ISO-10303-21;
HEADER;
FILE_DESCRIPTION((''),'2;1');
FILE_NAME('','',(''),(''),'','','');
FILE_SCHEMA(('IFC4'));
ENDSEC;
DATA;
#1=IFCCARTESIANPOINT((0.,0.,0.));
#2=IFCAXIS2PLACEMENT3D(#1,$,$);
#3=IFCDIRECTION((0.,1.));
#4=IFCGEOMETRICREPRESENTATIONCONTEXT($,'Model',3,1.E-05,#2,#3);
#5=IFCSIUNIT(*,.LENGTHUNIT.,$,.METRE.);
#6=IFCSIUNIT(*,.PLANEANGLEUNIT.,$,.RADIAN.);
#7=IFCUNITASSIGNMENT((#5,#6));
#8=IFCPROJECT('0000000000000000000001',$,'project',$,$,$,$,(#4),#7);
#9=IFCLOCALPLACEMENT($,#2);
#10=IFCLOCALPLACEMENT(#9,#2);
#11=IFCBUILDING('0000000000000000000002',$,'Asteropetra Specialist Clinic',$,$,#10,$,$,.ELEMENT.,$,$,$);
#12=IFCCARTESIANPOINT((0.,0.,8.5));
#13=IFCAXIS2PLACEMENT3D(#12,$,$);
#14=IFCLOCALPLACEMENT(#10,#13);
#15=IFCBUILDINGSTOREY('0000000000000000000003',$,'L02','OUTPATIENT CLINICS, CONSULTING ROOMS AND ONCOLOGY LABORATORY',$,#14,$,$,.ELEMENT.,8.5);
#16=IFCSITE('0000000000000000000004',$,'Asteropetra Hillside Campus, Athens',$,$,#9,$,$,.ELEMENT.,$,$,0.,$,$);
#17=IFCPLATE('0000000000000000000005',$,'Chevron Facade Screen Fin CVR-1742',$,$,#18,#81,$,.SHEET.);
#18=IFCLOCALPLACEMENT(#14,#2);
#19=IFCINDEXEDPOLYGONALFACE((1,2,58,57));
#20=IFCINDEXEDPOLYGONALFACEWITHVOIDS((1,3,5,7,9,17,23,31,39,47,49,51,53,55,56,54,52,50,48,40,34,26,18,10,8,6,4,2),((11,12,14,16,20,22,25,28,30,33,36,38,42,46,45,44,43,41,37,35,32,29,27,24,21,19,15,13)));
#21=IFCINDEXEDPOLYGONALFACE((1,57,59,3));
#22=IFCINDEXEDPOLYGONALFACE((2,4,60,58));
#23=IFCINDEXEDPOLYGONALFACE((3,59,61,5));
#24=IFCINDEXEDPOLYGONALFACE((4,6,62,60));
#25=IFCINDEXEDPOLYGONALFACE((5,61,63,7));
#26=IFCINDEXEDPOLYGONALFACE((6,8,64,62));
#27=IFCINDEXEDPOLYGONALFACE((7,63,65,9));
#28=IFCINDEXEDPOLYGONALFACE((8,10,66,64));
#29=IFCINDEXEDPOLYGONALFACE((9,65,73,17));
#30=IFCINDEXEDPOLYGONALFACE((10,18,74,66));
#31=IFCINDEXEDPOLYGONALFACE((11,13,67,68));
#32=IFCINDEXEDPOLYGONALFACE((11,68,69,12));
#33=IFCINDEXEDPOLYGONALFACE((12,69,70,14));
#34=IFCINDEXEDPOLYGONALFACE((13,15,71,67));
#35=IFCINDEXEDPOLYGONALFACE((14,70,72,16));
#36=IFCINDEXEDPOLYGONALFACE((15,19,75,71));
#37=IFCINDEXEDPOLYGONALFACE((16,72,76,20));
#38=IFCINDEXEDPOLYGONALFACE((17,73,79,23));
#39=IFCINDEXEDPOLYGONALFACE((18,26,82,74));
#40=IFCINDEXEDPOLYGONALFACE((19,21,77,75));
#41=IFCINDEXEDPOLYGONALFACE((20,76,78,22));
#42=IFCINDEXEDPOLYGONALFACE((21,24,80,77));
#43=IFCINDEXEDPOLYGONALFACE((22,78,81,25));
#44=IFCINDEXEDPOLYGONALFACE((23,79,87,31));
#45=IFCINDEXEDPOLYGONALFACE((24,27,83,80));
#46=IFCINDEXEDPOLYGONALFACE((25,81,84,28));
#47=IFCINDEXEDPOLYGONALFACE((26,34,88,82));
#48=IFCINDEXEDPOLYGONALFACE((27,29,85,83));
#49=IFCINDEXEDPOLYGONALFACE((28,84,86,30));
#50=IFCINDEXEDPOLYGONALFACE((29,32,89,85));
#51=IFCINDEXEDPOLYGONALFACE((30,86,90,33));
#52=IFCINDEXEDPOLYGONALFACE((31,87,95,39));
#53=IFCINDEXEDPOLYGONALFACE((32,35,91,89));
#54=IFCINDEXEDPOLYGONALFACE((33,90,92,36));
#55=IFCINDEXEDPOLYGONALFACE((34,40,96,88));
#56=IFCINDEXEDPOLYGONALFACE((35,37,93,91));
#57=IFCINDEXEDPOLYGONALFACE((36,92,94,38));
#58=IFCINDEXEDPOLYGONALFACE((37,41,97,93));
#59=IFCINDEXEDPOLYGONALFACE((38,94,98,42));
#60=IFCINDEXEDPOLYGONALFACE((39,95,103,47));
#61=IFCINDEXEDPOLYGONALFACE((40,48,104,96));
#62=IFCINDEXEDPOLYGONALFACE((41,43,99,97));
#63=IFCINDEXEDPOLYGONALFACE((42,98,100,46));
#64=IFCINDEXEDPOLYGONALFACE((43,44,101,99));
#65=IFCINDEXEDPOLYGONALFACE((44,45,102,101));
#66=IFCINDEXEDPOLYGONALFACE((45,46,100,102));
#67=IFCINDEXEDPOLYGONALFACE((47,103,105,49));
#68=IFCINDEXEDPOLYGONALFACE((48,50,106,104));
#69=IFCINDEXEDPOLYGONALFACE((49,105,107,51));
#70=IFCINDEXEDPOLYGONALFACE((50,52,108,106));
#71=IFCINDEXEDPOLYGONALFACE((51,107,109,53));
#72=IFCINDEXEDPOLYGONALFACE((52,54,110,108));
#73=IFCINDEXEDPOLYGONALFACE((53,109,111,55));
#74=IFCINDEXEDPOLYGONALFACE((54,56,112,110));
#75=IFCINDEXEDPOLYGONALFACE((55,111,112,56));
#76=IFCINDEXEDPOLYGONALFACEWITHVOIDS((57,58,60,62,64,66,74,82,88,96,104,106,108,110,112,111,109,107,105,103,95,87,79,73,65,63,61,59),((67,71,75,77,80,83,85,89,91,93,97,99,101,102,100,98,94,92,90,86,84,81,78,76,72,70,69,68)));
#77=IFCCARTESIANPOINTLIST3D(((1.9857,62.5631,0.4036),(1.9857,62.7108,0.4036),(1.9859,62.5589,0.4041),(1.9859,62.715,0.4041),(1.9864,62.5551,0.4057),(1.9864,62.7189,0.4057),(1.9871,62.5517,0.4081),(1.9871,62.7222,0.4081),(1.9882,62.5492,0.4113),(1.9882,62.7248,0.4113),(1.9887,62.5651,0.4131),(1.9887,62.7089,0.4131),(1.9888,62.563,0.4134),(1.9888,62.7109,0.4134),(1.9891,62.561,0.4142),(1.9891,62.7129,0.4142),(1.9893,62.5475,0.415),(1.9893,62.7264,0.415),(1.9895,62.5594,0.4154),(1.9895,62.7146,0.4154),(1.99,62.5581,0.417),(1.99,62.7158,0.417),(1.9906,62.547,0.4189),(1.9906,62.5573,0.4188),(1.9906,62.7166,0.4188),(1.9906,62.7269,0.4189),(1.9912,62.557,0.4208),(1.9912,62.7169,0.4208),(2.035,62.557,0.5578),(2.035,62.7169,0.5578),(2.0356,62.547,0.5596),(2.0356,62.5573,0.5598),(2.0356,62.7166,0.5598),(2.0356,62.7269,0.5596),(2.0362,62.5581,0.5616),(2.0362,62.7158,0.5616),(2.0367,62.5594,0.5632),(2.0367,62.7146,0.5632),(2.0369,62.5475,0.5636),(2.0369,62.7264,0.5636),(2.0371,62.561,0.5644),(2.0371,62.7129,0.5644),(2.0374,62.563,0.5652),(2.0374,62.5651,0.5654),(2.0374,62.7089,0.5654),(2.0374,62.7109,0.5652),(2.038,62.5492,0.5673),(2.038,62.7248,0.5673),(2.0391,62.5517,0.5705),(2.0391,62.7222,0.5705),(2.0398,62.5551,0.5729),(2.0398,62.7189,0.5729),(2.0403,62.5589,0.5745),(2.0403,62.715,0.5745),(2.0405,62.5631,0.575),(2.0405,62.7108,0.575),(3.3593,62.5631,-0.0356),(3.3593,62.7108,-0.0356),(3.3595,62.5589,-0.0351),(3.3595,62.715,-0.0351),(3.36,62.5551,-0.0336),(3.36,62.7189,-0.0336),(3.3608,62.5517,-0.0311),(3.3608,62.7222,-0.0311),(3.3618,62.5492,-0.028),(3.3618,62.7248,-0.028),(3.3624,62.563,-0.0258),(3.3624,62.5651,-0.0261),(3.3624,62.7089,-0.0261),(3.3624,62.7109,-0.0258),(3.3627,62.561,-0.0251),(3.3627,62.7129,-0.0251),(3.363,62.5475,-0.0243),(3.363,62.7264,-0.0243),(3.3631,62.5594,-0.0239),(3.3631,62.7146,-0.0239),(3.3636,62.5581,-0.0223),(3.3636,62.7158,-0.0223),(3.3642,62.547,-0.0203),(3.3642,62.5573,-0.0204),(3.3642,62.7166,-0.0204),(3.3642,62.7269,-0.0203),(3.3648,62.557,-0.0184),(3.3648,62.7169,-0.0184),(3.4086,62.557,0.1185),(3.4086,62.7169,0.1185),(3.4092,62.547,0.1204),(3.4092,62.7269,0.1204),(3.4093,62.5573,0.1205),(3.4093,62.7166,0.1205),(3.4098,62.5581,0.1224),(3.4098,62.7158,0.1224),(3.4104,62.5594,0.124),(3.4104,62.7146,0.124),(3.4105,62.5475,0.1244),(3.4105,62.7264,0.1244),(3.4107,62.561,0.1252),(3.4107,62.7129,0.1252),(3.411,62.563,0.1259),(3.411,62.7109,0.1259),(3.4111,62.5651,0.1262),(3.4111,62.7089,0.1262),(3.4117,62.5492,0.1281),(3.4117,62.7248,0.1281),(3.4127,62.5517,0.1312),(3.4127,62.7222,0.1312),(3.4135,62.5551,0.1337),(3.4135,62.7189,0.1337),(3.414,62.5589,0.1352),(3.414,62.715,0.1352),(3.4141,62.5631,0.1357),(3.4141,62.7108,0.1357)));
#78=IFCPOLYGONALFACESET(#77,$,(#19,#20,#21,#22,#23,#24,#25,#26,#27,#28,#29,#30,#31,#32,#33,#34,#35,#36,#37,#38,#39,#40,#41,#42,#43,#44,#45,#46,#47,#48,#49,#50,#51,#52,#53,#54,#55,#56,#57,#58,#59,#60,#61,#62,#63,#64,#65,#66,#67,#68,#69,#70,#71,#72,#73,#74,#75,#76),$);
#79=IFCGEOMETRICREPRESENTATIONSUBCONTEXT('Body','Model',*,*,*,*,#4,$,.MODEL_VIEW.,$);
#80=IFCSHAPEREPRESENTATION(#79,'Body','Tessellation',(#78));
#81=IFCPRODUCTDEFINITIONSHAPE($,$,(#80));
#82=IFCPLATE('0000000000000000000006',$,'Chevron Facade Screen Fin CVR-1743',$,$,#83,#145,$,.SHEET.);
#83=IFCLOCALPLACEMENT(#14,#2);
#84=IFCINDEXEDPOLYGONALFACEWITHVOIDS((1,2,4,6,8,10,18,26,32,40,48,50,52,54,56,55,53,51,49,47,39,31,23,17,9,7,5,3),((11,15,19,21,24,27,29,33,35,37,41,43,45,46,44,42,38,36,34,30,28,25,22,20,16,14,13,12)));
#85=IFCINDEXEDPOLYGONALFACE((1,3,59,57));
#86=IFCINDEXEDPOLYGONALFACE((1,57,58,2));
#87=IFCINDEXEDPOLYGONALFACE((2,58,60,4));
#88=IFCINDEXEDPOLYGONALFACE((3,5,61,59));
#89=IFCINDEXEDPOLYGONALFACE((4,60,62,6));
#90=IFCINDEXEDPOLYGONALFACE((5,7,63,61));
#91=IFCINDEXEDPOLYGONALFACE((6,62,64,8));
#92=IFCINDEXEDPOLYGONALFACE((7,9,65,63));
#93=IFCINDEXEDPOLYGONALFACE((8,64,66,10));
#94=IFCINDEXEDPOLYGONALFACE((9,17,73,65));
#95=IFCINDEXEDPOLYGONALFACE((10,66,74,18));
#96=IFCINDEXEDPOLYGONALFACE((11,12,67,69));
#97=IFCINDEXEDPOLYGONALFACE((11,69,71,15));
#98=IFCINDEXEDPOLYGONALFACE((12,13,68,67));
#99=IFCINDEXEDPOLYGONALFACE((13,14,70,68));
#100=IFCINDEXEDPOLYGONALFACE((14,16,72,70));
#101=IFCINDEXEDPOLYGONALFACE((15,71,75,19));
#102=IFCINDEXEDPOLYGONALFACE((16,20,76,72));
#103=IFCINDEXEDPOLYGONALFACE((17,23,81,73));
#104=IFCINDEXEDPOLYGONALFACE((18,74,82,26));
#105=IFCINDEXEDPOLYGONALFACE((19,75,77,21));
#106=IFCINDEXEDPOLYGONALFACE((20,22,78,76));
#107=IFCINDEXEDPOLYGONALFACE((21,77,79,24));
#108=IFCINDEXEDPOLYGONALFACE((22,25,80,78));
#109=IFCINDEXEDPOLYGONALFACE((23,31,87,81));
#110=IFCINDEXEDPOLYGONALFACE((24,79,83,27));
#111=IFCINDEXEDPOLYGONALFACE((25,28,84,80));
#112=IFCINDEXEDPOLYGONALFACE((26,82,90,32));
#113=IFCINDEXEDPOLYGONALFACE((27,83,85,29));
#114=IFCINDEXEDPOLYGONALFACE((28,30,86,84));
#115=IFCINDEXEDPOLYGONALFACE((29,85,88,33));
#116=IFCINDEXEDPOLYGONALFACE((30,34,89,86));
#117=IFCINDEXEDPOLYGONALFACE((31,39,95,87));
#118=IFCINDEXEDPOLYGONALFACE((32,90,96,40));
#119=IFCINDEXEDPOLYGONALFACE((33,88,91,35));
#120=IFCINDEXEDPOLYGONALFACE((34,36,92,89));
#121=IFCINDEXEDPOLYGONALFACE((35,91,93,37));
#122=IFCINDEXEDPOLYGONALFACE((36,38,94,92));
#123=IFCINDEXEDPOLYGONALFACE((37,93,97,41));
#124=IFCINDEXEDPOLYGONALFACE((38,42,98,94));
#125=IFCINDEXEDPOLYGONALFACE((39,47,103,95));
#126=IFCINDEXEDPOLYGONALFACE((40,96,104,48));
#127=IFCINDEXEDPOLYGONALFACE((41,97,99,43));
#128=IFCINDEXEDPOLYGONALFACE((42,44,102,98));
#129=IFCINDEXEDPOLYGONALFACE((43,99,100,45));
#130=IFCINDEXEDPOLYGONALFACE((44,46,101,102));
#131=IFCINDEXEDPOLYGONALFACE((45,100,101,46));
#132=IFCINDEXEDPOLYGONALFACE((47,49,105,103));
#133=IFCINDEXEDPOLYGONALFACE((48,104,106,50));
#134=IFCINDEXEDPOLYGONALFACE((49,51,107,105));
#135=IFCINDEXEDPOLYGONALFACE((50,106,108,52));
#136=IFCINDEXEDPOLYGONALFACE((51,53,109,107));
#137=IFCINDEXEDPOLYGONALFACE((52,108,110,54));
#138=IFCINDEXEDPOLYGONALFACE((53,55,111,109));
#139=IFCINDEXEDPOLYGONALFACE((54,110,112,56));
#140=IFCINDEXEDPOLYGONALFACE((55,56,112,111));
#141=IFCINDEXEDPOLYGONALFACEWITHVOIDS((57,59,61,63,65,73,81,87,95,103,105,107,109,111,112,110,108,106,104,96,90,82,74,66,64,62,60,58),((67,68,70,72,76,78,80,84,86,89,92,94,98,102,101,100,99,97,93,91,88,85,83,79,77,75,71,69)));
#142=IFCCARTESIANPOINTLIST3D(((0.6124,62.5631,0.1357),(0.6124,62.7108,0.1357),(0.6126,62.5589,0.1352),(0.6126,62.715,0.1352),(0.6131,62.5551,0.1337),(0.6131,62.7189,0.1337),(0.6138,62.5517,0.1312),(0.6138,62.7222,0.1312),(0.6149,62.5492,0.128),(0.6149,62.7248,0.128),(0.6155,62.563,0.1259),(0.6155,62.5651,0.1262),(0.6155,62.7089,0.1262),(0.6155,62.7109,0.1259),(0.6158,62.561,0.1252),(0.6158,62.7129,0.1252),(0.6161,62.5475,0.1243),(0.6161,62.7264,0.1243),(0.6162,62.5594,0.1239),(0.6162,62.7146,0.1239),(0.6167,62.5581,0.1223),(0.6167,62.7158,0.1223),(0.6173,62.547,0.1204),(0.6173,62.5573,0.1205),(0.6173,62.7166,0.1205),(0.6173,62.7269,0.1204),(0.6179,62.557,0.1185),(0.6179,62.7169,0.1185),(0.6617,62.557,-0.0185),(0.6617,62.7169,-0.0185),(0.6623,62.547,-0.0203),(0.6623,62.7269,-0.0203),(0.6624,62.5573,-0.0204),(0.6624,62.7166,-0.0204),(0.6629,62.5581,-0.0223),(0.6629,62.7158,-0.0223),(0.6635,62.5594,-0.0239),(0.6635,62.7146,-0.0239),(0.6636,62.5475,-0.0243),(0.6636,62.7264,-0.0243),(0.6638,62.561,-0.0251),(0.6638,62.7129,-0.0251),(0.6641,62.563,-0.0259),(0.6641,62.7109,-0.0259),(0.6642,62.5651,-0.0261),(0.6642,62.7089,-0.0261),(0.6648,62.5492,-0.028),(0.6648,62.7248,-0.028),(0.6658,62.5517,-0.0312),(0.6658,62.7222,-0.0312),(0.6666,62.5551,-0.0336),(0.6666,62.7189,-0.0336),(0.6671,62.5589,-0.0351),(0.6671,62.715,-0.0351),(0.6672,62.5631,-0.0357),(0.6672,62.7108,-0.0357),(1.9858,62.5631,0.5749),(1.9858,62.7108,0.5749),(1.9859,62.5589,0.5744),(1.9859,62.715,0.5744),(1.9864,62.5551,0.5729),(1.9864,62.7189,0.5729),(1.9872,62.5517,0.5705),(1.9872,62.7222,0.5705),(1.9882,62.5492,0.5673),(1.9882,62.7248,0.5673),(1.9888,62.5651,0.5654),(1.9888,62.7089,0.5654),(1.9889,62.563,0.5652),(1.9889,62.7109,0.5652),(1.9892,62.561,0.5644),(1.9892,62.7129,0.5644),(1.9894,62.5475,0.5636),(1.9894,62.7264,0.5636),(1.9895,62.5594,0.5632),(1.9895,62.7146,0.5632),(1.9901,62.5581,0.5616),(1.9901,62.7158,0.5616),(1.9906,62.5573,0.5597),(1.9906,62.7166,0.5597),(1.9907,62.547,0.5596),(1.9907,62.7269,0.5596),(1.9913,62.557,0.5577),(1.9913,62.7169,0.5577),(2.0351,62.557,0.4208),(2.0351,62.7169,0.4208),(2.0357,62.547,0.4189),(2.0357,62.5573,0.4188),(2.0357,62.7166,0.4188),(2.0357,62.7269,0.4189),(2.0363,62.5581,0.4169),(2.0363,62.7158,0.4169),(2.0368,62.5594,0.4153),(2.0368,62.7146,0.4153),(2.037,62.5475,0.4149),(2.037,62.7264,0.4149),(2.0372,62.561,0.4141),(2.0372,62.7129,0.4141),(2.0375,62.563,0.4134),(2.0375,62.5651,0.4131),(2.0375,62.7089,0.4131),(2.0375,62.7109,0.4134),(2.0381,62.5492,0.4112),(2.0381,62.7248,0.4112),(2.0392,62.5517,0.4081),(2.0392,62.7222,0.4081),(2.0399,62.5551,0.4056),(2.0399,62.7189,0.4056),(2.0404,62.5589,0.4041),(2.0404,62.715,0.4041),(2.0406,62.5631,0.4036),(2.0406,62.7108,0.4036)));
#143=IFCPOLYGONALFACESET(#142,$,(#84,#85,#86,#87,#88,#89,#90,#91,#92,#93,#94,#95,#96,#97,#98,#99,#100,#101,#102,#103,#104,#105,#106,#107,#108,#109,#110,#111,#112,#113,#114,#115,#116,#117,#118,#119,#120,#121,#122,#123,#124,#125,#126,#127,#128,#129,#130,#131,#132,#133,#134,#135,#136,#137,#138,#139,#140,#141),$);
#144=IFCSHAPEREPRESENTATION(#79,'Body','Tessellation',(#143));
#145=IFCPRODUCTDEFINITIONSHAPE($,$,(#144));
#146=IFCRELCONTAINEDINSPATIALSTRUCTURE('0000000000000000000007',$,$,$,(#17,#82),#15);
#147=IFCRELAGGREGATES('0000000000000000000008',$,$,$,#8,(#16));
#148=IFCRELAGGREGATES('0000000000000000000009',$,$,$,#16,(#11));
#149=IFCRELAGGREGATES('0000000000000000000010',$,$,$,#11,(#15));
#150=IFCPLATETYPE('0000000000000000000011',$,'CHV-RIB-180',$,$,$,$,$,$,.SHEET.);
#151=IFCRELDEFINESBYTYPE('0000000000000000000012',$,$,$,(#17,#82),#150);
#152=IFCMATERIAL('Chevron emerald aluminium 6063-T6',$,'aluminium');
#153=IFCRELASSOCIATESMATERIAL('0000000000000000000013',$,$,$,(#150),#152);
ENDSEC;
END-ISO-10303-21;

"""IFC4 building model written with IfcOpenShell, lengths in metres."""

from ifc_helpers import new_model, si_unit, direction, frame, origin, origin_2d, place, context, subcontext, project, spatial, hollow_rectangle, extrude, material, material_profile, profile_set, type_object, element, save


model = new_model("IFC4")

# Units and contexts
model_context = context("Model", 3, precision=1e-05, world=origin(), true_north=direction((0.0, 1.0)))
body_context = subcontext(model_context, "Body", "Model", "MODEL_VIEW")
ifc_project = project(units=[si_unit("LENGTHUNIT", "METRE"), si_unit("PLANEANGLEUNIT", "RADIAN")], contexts=[model_context])

# Site, building, storey
site_placement = place(None, origin())
site = spatial("IfcSite", under=ifc_project, at=site_placement, Name="Asteropetra Hillside Campus, Athens", CompositionType="ELEMENT", RefElevation=0.0)
building_placement = place(site_placement, origin())
building = spatial("IfcBuilding", under=site, at=building_placement, Name="Asteropetra Specialist Clinic", CompositionType="ELEMENT")
storey_placement = place(building_placement, frame((0.0, 0.0, 8.5)))
storey = spatial("IfcBuildingStorey", under=building, at=storey_placement, Name="L02", Description="OUTPATIENT CLINICS, CONSULTING ROOMS AND ONCOLOGY LABORATORY", CompositionType="ELEMENT", Elevation=8.5)

# Plates
ifc_material_1 = material(Name="Chevron emerald aluminium 6063-T6", Category="aluminium")
ifc_material_profile_1 = material_profile(ifc_material_1, hollow_rectangle(XDim=0.1799, YDim=0.1799, WallThickness=0.01, InnerFilletRadius=0.0081, OuterFilletRadius=0.0161, at=origin_2d()), Name="SHS 180x180x10.0")
ifc_profile_set_1 = profile_set([ifc_material_profile_1], Name="Chevron emerald aluminium 6063-T6")
plate_type_1 = type_object("IfcPlateType", Name="CHV-RIB-180", PredefinedType="SHEET", material=ifc_profile_set_1)
plate_1_placement = place(storey_placement, frame((3.3867, 62.637, 0.05), z_axis=(-0.952489, 0.0, 0.304573), x_axis=(0.0, -1.0, 0.0)))
element("IfcPlate", 1, at=plate_1_placement, inside=storey, type_object=plate_type_1, Name="Chevron Facade Screen Fin CVR-1742", PredefinedType="SHEET", context=body_context, shape_type="SweptSolid", body=[
    extrude(hollow_rectangle(XDim=0.1799, YDim=0.1799, WallThickness=0.01, InnerFilletRadius=0.0081, OuterFilletRadius=0.0161, at=origin_2d()), origin(), (0.0, 0.0, 1.0), 1.4421),
])
plate_2_placement = place(storey_placement, frame((2.0132, 62.637, 0.4893), z_axis=(-0.952473, 0.0, -0.304622), x_axis=(0.0, -1.0, 0.0)))
element("IfcPlate", 2, at=plate_2_placement, inside=storey, type_object=plate_type_1, Name="Chevron Facade Screen Fin CVR-1743", PredefinedType="SHEET", context=body_context, shape_type="SweptSolid", body=[
    extrude(hollow_rectangle(XDim=0.1799, YDim=0.1799, WallThickness=0.01, InnerFilletRadius=0.0081, OuterFilletRadius=0.0161, at=origin_2d()), origin(), (0.0, 0.0, 1.0), 1.4419),
])

save(model, "model.ifc")
